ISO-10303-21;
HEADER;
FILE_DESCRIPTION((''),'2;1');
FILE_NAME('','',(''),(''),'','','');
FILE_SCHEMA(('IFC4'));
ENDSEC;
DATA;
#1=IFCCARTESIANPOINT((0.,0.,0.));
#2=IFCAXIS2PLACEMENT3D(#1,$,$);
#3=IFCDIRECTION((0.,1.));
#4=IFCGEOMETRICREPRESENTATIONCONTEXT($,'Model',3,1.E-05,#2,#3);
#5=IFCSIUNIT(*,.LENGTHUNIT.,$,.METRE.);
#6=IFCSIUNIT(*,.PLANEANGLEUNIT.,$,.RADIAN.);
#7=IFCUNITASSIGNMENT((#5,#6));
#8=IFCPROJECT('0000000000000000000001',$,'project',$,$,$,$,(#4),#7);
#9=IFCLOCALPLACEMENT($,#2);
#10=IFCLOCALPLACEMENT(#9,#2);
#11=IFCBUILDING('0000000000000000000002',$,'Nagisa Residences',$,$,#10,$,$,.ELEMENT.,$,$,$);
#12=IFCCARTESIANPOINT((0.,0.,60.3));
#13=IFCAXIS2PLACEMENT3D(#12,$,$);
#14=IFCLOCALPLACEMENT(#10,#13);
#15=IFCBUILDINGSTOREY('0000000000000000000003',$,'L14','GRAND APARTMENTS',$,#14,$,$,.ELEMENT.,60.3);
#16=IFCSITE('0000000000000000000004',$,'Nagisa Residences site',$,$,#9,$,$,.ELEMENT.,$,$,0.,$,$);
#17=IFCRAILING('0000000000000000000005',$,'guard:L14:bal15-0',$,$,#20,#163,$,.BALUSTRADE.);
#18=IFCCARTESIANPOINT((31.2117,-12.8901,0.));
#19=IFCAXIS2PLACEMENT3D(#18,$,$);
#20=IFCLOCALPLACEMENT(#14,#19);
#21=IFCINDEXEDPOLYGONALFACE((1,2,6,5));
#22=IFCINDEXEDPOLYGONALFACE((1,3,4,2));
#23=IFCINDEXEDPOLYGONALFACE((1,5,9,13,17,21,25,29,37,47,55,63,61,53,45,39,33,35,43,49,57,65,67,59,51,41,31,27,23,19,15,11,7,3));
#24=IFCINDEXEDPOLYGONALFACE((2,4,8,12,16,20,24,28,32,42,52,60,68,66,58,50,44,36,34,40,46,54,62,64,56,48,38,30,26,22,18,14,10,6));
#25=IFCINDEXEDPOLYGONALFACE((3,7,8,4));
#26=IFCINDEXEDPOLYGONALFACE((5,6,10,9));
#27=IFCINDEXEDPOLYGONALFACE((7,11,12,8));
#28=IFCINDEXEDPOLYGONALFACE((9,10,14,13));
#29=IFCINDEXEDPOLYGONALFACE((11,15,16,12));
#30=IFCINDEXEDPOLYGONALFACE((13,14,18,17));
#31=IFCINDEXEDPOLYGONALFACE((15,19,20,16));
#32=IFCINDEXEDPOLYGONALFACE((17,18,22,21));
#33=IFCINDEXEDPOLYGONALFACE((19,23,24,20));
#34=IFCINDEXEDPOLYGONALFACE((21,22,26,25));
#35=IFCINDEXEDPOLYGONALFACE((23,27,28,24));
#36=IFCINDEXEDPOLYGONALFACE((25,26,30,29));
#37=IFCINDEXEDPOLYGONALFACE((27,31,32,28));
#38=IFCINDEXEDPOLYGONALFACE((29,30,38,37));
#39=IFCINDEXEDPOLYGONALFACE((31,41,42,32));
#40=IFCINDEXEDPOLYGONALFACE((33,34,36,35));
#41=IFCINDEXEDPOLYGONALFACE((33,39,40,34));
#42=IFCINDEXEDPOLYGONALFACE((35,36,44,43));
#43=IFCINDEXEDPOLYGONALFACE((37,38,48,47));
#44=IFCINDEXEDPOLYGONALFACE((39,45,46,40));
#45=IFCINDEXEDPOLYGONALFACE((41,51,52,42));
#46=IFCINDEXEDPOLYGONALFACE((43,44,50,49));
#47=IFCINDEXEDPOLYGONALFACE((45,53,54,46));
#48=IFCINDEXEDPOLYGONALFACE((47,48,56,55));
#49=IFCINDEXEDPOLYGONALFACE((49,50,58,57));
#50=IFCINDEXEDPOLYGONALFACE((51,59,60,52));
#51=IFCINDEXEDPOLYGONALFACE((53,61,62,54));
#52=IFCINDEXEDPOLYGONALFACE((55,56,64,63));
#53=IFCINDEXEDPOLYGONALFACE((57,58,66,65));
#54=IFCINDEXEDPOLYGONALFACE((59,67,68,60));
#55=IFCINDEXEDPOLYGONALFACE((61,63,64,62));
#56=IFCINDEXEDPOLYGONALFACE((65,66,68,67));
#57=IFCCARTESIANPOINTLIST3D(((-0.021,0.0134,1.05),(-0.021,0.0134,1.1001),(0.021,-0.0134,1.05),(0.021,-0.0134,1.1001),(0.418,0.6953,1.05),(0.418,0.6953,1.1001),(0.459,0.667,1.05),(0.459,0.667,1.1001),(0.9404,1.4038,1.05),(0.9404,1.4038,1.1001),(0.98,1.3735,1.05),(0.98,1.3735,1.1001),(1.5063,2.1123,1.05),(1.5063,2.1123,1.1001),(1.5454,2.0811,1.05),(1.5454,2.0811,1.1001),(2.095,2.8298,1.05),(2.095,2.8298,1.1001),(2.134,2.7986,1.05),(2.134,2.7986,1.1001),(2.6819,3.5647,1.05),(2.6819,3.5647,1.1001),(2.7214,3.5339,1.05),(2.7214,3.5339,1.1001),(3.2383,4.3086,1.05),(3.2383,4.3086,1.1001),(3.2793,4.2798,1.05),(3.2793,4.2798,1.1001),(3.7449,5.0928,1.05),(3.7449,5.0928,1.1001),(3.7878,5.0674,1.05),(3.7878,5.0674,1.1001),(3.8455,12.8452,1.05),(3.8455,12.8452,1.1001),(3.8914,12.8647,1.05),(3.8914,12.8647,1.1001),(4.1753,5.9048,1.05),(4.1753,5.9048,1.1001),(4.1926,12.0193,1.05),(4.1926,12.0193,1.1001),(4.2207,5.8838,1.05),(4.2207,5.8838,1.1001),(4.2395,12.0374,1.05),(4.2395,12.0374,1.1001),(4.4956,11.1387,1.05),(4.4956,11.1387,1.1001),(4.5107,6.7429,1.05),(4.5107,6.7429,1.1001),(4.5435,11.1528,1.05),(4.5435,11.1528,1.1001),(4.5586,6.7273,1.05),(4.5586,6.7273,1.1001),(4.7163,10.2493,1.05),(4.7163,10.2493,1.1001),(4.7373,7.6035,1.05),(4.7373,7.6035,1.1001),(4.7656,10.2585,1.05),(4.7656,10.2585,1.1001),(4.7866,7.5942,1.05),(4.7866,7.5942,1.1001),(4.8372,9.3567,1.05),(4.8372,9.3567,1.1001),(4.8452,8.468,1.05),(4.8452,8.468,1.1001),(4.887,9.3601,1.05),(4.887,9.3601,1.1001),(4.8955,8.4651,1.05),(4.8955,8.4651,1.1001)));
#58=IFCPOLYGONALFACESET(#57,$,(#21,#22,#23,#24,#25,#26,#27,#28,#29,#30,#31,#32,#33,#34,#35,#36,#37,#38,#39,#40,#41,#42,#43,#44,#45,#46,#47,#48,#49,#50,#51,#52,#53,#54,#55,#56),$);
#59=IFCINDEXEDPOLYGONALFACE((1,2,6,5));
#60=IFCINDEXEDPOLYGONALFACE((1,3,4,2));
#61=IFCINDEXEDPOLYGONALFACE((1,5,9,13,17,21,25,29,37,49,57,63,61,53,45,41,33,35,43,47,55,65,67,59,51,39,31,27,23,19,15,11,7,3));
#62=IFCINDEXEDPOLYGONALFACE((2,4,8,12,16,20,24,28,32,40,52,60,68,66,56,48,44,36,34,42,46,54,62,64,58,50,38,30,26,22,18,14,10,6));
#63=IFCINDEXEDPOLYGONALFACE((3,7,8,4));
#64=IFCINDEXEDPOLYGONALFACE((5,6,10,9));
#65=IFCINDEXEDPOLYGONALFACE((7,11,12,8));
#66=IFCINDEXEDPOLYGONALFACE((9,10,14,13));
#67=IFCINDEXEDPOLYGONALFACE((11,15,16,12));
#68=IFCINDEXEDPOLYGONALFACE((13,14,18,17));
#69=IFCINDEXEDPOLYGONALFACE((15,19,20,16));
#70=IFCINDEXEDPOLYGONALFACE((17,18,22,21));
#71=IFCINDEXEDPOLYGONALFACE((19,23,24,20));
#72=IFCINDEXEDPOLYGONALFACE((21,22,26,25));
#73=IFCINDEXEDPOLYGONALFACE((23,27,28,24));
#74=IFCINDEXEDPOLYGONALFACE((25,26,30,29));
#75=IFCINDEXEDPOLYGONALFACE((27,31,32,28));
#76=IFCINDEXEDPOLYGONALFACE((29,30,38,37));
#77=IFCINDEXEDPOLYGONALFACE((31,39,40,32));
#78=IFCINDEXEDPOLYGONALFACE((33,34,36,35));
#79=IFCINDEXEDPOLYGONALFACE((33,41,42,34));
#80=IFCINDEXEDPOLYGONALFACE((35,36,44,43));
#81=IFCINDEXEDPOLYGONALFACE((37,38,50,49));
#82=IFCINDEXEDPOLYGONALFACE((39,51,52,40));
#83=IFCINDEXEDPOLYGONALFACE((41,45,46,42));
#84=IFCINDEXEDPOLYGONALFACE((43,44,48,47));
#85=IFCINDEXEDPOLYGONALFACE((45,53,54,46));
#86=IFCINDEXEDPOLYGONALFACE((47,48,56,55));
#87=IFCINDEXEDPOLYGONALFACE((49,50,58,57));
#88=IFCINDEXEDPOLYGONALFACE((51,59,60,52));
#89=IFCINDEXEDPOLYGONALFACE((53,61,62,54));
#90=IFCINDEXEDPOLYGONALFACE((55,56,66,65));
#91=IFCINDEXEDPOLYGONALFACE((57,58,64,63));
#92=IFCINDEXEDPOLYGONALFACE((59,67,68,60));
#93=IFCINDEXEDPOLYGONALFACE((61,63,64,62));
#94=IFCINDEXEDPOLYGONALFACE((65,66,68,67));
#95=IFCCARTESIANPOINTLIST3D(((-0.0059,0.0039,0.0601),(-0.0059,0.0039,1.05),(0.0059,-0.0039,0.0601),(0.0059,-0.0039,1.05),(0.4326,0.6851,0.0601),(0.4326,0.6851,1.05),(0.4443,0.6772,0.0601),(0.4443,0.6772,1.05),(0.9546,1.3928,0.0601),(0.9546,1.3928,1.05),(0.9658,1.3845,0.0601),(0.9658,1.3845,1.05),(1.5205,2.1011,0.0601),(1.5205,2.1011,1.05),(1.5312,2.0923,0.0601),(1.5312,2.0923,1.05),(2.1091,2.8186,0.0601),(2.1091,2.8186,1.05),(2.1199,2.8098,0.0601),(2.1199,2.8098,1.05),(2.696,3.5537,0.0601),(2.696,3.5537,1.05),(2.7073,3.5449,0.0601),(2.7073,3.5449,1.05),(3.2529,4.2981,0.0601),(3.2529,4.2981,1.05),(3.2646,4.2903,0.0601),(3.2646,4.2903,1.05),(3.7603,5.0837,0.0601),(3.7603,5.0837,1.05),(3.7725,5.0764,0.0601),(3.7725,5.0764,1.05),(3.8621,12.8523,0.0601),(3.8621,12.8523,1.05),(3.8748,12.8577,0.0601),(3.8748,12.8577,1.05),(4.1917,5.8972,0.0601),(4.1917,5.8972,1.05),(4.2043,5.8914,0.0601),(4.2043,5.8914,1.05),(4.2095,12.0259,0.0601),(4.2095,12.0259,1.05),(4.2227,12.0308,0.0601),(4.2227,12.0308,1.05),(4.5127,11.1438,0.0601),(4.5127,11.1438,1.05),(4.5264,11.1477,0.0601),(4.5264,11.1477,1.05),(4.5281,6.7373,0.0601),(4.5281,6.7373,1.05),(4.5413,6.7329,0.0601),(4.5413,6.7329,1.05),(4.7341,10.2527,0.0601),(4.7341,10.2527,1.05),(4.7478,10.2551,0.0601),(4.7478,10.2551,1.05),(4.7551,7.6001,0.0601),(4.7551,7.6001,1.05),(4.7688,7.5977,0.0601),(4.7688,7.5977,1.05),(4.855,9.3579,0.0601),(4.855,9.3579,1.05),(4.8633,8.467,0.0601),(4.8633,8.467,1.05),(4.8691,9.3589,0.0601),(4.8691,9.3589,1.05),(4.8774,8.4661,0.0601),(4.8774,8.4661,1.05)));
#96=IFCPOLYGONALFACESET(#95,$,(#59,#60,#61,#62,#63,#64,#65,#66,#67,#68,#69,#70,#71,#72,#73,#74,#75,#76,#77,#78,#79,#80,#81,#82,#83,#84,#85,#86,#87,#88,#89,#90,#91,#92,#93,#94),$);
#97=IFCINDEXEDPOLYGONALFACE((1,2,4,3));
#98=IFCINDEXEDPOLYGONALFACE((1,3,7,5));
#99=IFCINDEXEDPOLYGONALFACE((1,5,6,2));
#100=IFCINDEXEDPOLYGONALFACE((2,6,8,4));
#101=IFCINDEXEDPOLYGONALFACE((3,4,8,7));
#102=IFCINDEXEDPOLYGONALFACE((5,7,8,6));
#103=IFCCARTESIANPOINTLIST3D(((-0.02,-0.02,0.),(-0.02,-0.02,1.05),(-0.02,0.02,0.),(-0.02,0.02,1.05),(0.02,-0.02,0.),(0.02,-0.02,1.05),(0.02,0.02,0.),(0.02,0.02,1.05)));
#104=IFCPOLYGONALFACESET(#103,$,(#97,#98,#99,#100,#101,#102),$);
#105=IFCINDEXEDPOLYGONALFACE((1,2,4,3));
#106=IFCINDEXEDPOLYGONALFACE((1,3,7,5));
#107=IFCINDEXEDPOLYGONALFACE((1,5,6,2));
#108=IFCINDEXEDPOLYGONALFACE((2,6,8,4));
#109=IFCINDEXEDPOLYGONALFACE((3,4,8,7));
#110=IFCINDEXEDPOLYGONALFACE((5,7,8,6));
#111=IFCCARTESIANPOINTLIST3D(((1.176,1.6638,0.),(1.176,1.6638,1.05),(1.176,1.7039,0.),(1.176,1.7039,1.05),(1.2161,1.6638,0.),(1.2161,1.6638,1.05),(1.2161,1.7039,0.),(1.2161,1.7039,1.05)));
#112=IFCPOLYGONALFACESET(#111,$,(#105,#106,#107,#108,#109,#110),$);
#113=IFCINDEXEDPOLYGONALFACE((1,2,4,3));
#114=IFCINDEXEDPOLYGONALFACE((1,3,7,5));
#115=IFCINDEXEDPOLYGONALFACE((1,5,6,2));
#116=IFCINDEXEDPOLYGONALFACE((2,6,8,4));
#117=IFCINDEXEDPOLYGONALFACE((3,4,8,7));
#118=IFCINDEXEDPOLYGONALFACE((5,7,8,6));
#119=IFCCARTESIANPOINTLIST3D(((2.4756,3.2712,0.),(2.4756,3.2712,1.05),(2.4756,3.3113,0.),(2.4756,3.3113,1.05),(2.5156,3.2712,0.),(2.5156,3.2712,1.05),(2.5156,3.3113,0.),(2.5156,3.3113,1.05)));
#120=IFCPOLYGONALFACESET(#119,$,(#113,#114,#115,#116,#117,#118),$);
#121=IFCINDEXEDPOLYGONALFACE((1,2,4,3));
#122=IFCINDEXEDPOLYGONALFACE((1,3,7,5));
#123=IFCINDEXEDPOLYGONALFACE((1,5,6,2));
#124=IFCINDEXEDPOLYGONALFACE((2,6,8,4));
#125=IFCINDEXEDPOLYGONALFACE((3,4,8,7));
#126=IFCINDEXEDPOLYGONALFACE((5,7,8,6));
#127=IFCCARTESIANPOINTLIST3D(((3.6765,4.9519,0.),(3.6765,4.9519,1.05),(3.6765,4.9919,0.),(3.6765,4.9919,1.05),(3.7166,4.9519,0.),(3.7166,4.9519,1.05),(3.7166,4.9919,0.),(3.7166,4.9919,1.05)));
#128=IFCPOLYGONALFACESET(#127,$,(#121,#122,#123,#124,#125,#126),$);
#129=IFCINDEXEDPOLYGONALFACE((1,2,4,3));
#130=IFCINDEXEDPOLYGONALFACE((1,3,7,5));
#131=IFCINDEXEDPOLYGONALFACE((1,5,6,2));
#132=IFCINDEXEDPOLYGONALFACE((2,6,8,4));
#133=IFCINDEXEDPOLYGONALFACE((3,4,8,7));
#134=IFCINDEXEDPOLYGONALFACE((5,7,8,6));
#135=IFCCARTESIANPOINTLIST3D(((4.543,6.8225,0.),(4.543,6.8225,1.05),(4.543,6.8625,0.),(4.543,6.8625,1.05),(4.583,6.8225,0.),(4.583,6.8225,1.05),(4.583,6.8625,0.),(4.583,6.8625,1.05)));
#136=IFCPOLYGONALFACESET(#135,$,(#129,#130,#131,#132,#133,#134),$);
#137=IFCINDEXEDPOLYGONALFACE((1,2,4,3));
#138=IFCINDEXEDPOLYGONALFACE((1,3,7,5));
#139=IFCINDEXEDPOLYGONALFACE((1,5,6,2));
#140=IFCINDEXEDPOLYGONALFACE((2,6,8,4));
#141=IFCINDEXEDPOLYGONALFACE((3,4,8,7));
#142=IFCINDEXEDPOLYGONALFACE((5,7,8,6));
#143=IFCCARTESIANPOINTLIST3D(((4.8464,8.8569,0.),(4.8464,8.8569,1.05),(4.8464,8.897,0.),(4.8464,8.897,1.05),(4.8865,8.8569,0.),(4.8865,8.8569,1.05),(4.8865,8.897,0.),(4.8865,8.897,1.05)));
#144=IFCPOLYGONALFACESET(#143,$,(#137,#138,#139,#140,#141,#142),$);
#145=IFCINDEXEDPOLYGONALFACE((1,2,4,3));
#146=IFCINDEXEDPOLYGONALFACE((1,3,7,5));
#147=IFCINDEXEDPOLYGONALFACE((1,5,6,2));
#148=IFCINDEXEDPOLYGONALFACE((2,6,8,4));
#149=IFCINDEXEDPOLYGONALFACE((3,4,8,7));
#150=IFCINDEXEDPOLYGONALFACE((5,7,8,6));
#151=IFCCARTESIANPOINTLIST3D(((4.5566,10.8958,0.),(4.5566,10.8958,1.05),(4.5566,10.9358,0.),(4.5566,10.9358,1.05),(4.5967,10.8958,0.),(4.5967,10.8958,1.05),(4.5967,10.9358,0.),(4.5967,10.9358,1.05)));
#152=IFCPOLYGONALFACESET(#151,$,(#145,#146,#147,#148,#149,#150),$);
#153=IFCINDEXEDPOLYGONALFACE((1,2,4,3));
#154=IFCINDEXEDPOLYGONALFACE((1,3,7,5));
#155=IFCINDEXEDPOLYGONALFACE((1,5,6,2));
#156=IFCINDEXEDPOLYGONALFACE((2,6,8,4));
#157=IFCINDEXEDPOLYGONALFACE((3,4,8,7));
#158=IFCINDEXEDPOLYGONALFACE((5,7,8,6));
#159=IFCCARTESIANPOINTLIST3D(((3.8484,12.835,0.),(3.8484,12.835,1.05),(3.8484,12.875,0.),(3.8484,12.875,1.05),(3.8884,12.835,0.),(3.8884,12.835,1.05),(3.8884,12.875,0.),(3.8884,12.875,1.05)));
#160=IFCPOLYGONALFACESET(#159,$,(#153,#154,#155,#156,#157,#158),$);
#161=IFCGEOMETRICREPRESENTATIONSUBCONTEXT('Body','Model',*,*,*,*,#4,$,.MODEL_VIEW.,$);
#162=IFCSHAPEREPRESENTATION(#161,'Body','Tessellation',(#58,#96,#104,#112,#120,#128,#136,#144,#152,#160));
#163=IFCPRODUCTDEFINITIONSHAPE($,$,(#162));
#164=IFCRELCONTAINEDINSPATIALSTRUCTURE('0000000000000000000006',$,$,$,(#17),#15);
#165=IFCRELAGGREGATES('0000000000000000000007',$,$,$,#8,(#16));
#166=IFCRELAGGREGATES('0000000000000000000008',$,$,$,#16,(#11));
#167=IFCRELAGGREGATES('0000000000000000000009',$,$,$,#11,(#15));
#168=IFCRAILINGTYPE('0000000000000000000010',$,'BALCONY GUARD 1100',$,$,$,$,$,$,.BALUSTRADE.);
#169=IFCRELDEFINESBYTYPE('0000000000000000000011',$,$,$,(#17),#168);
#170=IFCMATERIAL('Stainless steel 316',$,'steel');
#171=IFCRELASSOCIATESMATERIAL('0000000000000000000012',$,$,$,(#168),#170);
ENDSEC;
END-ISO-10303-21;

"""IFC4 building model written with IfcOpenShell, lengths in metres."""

from ifc_helpers import new_model, si_unit, direction, frame, origin, origin_2d, place, context, subcontext, project, spatial, polyline, rectangle, outline, extrude, material, type_object, element, save


model = new_model("IFC4")

# Units and contexts
model_context = context("Model", 3, precision=1e-05, world=origin(), true_north=direction((0.0, 1.0)))
body_context = subcontext(model_context, "Body", "Model", "MODEL_VIEW")
ifc_project = project(units=[si_unit("LENGTHUNIT", "METRE"), si_unit("PLANEANGLEUNIT", "RADIAN")], contexts=[model_context])

# Site, building, storey
site_placement = place(None, origin())
site = spatial("IfcSite", under=ifc_project, at=site_placement, Name="Nagisa Residences site", CompositionType="ELEMENT", RefElevation=0.0)
building_placement = place(site_placement, origin())
building = spatial("IfcBuilding", under=site, at=building_placement, Name="Nagisa Residences", CompositionType="ELEMENT")
storey_placement = place(building_placement, frame((0.0, 0.0, 60.3)))
storey = spatial("IfcBuildingStorey", under=building, at=storey_placement, Name="L14", Description="GRAND APARTMENTS", CompositionType="ELEMENT", Elevation=60.3)

# Railing
ifc_material_1 = material(Name="Stainless steel 316", Category="steel")
railing_type = type_object("IfcRailingType", Name="BALCONY GUARD 1100", PredefinedType="BALUSTRADE", material=ifc_material_1)
railing_placement = place(storey_placement, frame((31.2117, -12.8901, 0.0)))
element("IfcRailing", 1, at=railing_placement, inside=storey, type_object=railing_type, Name="guard:L14:bal15-0", PredefinedType="BALUSTRADE", context=body_context, shape_type="SweptSolid", body=[
    extrude(outline(polyline([(0.418, 0.6953), (-0.021, 0.0134), (0.021, -0.0134), (0.459, 0.667), (0.98, 1.3735), (1.5454, 2.0811), (2.134, 2.7986), (2.7214, 3.5339), (3.2793, 4.2798), (3.7878, 5.0674), (4.2207, 5.8838), (4.5586, 6.7273), (4.7866, 7.5942), (4.8955, 8.4651), (4.887, 9.3601), (4.7656, 10.2585), (4.5435, 11.1528), (4.2395, 12.0374), (3.8914, 12.8647), (3.8455, 12.8452), (4.1926, 12.0193), (4.4956, 11.1387), (4.7163, 10.2493), (4.8372, 9.3567), (4.8452, 8.468), (4.7373, 7.6035), (4.5107, 6.7429), (4.1753, 5.9048), (3.7449, 5.0928), (3.2383, 4.3086), (2.6819, 3.5647), (2.095, 2.8298), (1.5063, 2.1123), (0.9404, 1.4038), (0.418, 0.6953)])), frame((0.0, 0.0, 1.05)), (0.0, 0.0, 1.0), 0.05),
    extrude(outline(polyline([(0.4326, 0.6851), (-0.0059, 0.0039), (0.0059, -0.0039), (0.4443, 0.6772), (0.9658, 1.3845), (1.5312, 2.0923), (2.1199, 2.8098), (2.7073, 3.5449), (3.2646, 4.2903), (3.7725, 5.0764), (4.2043, 5.8914), (4.5413, 6.7329), (4.7688, 7.5977), (4.8774, 8.4661), (4.8691, 9.3589), (4.7478, 10.2551), (4.5264, 11.1477), (4.2227, 12.0308), (3.8748, 12.8577), (3.8621, 12.8523), (4.2095, 12.0259), (4.5127, 11.1438), (4.7341, 10.2527), (4.855, 9.3579), (4.8633, 8.467), (4.7551, 7.6001), (4.5281, 6.7373), (4.1917, 5.8972), (3.7603, 5.0837), (3.2529, 4.2981), (2.696, 3.5537), (2.1091, 2.8186), (1.5205, 2.1011), (0.9546, 1.3928), (0.4326, 0.6851)])), frame((0.0, 0.0, 0.0601)), (0.0, 0.0, 1.0), 0.99),
    extrude(rectangle(XDim=0.04, YDim=0.04, at=origin_2d()), origin(), (0.0, 0.0, 1.0), 1.05),
    extrude(rectangle(XDim=0.04, YDim=0.04, at=origin_2d()), frame((1.196, 1.6838, 0.0)), (0.0, 0.0, 1.0), 1.05),
    extrude(rectangle(XDim=0.04, YDim=0.04, at=origin_2d()), frame((2.4956, 3.2913, 0.0)), (0.0, 0.0, 1.0), 1.05),
    extrude(rectangle(XDim=0.04, YDim=0.04, at=origin_2d()), frame((3.6965, 4.9719, 0.0)), (0.0, 0.0, 1.0), 1.05),
    extrude(rectangle(XDim=0.04, YDim=0.04, at=origin_2d()), frame((4.563, 6.8425, 0.0)), (0.0, 0.0, 1.0), 1.05),
    extrude(rectangle(XDim=0.04, YDim=0.04, at=origin_2d()), frame((4.8665, 8.877, 0.0)), (0.0, 0.0, 1.0), 1.05),
    extrude(rectangle(XDim=0.04, YDim=0.04, at=origin_2d()), frame((4.5767, 10.9158, 0.0)), (0.0, 0.0, 1.0), 1.05),
    extrude(rectangle(XDim=0.04, YDim=0.04, at=origin_2d()), frame((3.8684, 12.855, 0.0)), (0.0, 0.0, 1.0), 1.05),
])

save(model, "model.ifc")
